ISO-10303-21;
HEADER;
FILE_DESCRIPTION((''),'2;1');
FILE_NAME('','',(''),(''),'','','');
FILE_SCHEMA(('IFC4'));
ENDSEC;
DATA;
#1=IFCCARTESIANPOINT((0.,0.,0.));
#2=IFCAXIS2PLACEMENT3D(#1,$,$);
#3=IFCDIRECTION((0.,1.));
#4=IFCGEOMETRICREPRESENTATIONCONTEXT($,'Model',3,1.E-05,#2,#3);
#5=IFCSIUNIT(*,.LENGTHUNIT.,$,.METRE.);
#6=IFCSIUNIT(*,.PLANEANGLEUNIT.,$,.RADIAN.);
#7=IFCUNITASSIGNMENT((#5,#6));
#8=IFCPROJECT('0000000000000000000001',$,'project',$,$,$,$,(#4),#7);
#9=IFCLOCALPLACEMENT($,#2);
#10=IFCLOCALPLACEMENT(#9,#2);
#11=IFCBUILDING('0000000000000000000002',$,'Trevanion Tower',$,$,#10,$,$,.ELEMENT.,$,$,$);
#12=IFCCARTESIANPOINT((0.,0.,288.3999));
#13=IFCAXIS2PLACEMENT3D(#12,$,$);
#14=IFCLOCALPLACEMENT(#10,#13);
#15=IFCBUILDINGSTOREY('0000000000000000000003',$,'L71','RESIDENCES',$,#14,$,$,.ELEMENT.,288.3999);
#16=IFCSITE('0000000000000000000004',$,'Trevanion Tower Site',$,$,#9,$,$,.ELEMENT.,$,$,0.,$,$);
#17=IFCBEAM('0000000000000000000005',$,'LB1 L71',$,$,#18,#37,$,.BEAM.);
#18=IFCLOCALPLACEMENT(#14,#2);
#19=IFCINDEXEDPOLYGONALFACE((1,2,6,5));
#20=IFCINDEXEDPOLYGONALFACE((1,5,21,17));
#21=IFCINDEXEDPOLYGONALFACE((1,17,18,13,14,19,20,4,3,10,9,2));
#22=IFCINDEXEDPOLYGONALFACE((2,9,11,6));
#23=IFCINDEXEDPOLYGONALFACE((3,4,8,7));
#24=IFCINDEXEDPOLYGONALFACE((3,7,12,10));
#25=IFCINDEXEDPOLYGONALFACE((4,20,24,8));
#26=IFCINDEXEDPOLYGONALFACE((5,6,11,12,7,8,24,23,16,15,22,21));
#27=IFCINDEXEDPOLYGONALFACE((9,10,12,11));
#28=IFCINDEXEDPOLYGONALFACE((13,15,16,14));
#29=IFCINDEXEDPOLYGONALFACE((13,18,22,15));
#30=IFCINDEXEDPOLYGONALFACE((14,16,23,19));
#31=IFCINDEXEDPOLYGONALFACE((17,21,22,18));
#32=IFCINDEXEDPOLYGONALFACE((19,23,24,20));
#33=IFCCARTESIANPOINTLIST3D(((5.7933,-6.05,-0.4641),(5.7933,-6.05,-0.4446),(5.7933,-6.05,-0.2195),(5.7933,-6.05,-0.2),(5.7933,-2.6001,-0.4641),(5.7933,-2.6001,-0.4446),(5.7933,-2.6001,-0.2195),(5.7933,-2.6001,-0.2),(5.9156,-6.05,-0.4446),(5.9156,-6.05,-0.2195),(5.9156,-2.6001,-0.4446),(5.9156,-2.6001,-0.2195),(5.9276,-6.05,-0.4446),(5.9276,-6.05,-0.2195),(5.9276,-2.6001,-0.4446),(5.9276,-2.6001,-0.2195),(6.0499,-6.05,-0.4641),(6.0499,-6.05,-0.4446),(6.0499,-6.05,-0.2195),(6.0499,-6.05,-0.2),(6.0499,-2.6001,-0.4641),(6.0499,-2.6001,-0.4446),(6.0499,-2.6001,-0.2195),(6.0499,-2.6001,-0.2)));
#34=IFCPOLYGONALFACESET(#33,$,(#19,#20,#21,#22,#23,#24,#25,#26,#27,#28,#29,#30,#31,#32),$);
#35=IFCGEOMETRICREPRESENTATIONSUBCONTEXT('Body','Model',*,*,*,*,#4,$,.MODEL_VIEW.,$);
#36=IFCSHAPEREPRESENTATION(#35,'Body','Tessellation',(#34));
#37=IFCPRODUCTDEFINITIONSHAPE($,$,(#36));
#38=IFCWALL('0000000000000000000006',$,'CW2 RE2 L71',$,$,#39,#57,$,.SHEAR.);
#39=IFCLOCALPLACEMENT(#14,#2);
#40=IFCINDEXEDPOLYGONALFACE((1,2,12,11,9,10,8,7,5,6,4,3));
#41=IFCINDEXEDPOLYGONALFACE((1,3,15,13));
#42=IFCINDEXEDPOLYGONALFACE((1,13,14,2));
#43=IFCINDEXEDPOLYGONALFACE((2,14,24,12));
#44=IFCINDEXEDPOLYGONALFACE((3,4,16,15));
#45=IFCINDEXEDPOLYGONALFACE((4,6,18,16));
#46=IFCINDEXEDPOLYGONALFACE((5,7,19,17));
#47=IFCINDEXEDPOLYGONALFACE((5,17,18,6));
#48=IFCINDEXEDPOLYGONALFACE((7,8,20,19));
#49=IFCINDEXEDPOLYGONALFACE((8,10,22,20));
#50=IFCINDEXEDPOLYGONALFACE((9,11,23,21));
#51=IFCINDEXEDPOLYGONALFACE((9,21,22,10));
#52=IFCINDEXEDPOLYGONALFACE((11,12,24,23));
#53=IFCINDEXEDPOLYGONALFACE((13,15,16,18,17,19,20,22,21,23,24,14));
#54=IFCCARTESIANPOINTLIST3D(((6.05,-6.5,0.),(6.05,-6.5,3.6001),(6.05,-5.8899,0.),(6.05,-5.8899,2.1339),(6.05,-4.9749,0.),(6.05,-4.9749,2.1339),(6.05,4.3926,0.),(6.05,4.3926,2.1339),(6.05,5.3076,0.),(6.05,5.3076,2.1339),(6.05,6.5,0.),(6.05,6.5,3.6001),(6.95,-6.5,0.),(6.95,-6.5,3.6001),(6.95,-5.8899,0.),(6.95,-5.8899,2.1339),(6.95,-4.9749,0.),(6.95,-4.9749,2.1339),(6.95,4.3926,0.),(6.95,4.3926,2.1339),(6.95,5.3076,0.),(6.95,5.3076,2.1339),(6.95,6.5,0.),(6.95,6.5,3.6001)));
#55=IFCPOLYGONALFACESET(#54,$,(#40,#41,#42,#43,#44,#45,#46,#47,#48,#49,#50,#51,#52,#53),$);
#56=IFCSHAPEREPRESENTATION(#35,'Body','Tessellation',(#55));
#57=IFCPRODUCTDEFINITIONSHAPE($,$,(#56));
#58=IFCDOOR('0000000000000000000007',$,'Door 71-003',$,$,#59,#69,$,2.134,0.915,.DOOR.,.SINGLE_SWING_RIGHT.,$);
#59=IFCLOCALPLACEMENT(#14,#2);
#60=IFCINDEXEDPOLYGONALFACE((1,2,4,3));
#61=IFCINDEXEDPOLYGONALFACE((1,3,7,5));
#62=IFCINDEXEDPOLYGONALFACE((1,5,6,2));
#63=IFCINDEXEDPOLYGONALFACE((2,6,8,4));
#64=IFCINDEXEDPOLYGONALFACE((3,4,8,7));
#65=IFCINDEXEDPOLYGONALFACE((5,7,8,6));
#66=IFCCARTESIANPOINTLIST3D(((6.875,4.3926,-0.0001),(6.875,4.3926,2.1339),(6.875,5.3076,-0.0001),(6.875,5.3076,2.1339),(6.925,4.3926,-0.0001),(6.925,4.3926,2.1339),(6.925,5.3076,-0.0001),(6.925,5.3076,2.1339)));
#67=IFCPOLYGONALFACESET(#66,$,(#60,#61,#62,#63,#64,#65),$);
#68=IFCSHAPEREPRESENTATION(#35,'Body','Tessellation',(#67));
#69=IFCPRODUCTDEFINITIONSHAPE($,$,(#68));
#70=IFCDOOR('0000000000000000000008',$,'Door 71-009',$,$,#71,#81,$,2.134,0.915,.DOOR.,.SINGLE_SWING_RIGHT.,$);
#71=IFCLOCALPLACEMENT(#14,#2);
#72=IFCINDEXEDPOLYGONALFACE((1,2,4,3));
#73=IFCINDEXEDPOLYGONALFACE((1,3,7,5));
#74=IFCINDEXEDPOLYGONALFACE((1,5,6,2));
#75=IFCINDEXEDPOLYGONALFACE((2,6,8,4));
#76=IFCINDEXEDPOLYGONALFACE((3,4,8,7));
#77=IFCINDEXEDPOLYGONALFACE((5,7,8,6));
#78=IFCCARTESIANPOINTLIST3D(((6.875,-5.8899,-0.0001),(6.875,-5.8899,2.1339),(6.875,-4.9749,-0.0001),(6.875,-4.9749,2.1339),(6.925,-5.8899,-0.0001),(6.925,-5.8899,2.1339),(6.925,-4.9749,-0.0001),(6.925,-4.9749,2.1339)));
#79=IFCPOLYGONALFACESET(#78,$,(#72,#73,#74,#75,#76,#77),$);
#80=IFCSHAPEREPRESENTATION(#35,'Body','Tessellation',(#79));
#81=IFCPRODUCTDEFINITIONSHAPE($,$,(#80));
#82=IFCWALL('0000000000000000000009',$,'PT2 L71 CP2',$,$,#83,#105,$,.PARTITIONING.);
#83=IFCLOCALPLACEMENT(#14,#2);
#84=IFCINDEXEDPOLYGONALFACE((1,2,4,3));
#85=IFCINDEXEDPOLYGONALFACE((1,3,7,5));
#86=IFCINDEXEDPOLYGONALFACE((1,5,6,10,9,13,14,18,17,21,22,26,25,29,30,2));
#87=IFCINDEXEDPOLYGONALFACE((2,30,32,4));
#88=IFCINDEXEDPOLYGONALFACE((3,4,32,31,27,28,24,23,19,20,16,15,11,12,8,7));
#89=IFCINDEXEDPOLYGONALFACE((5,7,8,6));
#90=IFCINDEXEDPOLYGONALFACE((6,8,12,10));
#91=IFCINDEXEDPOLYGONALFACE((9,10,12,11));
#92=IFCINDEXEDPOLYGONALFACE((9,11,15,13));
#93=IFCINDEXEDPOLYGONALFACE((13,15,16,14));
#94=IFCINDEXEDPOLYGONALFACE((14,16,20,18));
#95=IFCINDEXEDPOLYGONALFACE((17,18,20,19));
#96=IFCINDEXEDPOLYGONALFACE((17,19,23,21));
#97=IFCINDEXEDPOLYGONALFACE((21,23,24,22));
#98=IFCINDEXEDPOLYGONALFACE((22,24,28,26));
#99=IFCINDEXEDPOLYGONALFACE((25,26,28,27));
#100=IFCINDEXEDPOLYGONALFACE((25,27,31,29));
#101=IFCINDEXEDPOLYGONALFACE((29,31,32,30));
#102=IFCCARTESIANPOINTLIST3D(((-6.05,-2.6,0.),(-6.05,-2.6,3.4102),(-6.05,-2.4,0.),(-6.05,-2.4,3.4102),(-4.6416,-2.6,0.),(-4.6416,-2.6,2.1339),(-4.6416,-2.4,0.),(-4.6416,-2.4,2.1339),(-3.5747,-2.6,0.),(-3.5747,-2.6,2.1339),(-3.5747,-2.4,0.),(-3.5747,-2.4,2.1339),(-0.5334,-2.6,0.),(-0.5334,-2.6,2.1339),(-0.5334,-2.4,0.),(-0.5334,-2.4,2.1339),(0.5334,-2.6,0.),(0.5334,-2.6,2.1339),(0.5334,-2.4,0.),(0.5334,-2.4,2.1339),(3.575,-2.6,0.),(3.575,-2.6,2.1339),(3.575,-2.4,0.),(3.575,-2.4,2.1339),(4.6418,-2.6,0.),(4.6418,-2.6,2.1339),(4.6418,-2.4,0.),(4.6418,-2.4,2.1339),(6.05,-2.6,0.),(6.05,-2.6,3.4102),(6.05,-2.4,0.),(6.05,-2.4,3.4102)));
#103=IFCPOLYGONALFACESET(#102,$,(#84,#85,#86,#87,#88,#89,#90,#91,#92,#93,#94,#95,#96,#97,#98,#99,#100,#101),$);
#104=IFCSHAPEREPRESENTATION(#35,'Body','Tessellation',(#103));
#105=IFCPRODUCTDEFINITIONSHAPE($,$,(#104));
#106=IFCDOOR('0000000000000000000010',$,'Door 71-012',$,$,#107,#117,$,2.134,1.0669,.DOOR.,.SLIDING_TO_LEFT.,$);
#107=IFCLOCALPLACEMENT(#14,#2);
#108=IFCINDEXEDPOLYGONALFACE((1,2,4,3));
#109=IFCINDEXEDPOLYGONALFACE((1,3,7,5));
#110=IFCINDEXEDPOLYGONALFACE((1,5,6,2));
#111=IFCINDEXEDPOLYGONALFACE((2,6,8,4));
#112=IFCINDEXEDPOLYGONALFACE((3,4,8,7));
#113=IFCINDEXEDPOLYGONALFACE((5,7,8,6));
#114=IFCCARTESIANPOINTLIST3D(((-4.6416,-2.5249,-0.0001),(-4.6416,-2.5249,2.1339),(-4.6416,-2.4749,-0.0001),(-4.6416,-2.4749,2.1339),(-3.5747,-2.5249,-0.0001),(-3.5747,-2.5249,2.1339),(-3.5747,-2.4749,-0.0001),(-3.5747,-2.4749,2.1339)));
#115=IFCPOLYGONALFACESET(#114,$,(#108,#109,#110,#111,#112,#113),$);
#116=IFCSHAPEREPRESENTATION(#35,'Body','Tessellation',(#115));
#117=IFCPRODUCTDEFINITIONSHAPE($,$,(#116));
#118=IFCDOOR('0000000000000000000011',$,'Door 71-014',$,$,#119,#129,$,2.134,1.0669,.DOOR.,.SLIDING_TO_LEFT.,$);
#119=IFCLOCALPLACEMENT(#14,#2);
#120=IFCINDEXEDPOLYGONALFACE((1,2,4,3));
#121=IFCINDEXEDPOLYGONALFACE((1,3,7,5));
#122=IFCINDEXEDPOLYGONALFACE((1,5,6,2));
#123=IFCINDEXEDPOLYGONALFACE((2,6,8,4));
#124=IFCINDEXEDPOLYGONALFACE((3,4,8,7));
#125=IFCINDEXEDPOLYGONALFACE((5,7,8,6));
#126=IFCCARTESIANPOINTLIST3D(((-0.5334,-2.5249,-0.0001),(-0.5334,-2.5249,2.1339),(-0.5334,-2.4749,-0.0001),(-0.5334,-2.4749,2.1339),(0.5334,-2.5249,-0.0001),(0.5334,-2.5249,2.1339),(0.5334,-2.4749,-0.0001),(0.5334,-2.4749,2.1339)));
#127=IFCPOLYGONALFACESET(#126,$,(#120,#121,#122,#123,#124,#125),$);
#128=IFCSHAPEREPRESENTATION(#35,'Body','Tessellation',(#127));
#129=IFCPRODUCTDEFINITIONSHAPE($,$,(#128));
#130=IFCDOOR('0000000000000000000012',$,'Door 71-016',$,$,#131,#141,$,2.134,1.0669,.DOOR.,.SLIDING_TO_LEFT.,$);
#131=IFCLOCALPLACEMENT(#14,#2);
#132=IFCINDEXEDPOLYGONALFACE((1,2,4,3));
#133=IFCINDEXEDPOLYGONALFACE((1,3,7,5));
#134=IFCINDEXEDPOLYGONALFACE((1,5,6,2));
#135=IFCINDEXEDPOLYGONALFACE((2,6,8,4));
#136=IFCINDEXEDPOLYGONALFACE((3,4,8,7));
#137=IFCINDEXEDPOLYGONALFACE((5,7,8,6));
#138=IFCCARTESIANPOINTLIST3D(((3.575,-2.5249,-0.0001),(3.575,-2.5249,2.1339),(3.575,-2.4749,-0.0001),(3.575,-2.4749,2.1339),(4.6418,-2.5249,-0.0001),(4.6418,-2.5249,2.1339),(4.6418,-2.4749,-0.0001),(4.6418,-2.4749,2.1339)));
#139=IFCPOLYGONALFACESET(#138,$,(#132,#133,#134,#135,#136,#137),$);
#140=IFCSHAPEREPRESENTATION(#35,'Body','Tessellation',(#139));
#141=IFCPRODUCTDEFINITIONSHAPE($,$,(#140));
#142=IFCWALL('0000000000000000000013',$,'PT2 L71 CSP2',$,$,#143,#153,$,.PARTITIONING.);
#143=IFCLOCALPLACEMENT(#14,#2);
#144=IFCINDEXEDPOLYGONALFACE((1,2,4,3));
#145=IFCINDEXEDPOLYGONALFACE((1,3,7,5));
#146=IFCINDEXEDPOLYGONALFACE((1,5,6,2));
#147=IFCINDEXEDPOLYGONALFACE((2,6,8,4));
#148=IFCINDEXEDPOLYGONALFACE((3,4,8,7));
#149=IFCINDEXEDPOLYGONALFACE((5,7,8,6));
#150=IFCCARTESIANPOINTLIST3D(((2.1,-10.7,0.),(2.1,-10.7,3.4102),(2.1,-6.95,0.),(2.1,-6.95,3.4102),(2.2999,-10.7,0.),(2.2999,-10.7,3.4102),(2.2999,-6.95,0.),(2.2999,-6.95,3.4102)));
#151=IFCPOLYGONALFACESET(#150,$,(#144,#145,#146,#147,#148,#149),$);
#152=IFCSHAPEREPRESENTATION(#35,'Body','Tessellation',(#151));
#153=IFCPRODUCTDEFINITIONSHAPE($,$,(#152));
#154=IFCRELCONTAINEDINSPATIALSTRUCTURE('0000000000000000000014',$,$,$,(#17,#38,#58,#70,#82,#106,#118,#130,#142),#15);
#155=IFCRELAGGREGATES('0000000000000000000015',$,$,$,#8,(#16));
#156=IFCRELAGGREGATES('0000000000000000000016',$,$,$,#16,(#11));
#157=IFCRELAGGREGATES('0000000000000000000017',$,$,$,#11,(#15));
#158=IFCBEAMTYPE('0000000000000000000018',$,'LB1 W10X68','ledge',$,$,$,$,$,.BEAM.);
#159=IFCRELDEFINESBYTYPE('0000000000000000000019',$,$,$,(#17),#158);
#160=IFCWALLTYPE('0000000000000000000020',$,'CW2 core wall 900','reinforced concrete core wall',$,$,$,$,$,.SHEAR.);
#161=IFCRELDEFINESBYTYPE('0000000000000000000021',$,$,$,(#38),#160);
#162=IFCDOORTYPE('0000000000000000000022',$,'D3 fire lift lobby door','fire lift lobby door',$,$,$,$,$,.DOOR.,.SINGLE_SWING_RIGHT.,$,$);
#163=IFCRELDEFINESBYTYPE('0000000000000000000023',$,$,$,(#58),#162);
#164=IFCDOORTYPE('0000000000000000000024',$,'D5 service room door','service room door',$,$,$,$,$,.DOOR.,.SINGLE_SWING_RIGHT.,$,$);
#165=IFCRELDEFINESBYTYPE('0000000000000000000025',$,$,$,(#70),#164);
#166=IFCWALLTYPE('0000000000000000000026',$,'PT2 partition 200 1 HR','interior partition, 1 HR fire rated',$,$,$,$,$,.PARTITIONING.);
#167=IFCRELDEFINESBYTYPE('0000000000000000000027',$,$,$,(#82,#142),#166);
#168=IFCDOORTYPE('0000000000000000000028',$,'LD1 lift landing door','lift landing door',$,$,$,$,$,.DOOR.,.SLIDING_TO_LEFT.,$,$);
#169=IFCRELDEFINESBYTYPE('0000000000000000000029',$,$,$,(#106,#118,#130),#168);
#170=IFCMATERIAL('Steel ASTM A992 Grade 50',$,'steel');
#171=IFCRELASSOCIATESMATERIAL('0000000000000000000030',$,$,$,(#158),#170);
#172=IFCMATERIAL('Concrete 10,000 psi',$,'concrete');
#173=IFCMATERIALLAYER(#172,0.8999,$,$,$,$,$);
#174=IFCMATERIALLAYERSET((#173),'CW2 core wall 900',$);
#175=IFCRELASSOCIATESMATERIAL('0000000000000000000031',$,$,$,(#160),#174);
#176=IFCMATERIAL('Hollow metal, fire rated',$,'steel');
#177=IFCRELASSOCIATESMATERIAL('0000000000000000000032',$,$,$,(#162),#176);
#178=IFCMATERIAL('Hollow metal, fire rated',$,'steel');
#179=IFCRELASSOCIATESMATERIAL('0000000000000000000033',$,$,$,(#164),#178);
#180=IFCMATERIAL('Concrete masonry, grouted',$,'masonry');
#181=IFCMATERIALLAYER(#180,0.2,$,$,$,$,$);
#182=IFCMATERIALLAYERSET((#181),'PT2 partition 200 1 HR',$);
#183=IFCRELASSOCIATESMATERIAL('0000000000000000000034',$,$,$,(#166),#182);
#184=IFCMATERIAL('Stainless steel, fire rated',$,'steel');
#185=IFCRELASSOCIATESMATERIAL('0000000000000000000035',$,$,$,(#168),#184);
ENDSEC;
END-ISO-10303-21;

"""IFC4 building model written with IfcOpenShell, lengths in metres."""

from ifc_helpers import new_model, si_unit, direction, frame, frame_2d, origin, origin_2d, place, context, subcontext, project, spatial, rectangle, i_section, extrude, material, layer, layer_set, material_profile, profile_set, type_object, element, fill, save


model = new_model("IFC4")

# Units and contexts
model_context = context("Model", 3, precision=1e-05, world=origin(), true_north=direction((0.0, 1.0)))
body_context = subcontext(model_context, "Body", "Model", "MODEL_VIEW")
ifc_project = project(units=[si_unit("LENGTHUNIT", "METRE"), si_unit("PLANEANGLEUNIT", "RADIAN")], contexts=[model_context])

# Site, building, storey
site_placement = place(None, origin())
site = spatial("IfcSite", under=ifc_project, at=site_placement, Name="Trevanion Tower Site", CompositionType="ELEMENT", RefElevation=0.0)
building_placement = place(site_placement, origin())
building = spatial("IfcBuilding", under=site, at=building_placement, Name="Trevanion Tower", CompositionType="ELEMENT")
storey_placement = place(building_placement, frame((0.0, 0.0, 288.3999)))
storey = spatial("IfcBuildingStorey", under=building, at=storey_placement, Name="L71", Description="RESIDENCES", CompositionType="ELEMENT", Elevation=288.3999)

# Beam
ifc_material_1 = material(Name="Steel ASTM A992 Grade 50", Category="steel")
ifc_material_profile = material_profile(ifc_material_1, i_section(OverallWidth=0.2566, OverallDepth=0.2642, WebThickness=0.012, FlangeThickness=0.0195, at=origin_2d()), Name="W10X68")
ifc_profile_set = profile_set([ifc_material_profile], Name="Steel ASTM A992 Grade 50")
beam_type = type_object("IfcBeamType", Name="LB1 W10X68", Description="ledge", PredefinedType="BEAM", material=ifc_profile_set)
beam_placement = place(storey_placement, frame((5.9216, -6.05, -0.332), z_axis=(0.0, 1.0, 0.0), x_axis=(-1.0, 0.0, 0.0)))
element("IfcBeam", 1, at=beam_placement, inside=storey, type_object=beam_type, Name="LB1 L71", PredefinedType="BEAM", context=body_context, shape_type="SweptSolid", body=[
    extrude(i_section(OverallWidth=0.2566, OverallDepth=0.2642, WebThickness=0.012, FlangeThickness=0.0195, at=origin_2d()), origin(), (0.0, 0.0, 1.0), 3.45),
])

# Walls, openings, doors
ifc_material_2 = material(Name="Concrete 10,000 psi", Category="concrete")
ifc_layer_1 = layer(ifc_material_2, 0.8999)
ifc_layer_set_1 = layer_set([ifc_layer_1], Name="CW2 core wall 900")
wall_type_1 = type_object("IfcWallType", Name="CW2 core wall 900", Description="reinforced concrete core wall", PredefinedType="SHEAR", material=ifc_layer_set_1)
wall_1_placement = place(storey_placement, frame((6.5, -6.5, 0.0), z_axis=(0.0, 0.0, 1.0), x_axis=(0.0, 1.0, 0.0)))
wall_1 = element("IfcWall", 2, at=wall_1_placement, inside=storey, type_object=wall_type_1, Name="CW2 RE2 L71", PredefinedType="SHEAR", context=body_context, shape_type="SweptSolid", body=[
    extrude(rectangle(XDim=13.0, YDim=0.8999, at=frame_2d((6.5, 0.0))), origin(), (0.0, 0.0, 1.0), 3.6001),
])
opening_1_placement = place(wall_1_placement, frame((10.8926, 0.0, 0.0)))
opening_1 = element("IfcOpeningElement", 3, at=opening_1_placement, cuts=wall_1, PredefinedType="OPENING", context=body_context, shape_type="SweptSolid", body=[
    extrude(rectangle(XDim=0.915, YDim=2.134, at=frame_2d((0.4575, 1.0669))), frame((0.0, 0.46, 0.0), z_axis=(0.0, -1.0, 0.0), x_axis=(1.0, 0.0, 0.0)), (0.0, 0.0, 1.0), 0.9199),
])
opening_2_placement = place(wall_1_placement, frame((0.6101, 0.0, 0.0)))
opening_2 = element("IfcOpeningElement", 4, at=opening_2_placement, cuts=wall_1, PredefinedType="OPENING", context=body_context, shape_type="SweptSolid", body=[
    extrude(rectangle(XDim=0.915, YDim=2.134, at=frame_2d((0.4575, 1.0669))), frame((0.0, 0.46, 0.0), z_axis=(0.0, -1.0, 0.0), x_axis=(1.0, 0.0, 0.0)), (0.0, 0.0, 1.0), 0.9199),
])
ifc_material_3 = material(Name="Hollow metal, fire rated", Category="steel")
door_type_1 = type_object("IfcDoorType", Name="D3 fire lift lobby door", Description="fire lift lobby door", OperationType="SINGLE_SWING_RIGHT", PredefinedType="DOOR", material=ifc_material_3)
door_1_placement = place(opening_1_placement, origin())
door_1 = element("IfcDoor", 5, at=door_1_placement, inside=storey, type_object=door_type_1, Name="Door 71-003", OperationType="SINGLE_SWING_RIGHT", OverallHeight=2.134, OverallWidth=0.915, PredefinedType="DOOR", context=body_context, shape_type="SweptSolid", body=[
    extrude(rectangle(XDim=0.915, YDim=2.134, at=frame_2d((0.4575, 1.0669))), frame((0.0, -0.375, 0.0), z_axis=(0.0, -1.0, 0.0), x_axis=(1.0, 0.0, 0.0)), (0.0, 0.0, 1.0), 0.05),
])
fill(opening_1, door_1)
ifc_material_4 = material(Name="Hollow metal, fire rated", Category="steel")
door_type_2 = type_object("IfcDoorType", Name="D5 service room door", Description="service room door", OperationType="SINGLE_SWING_RIGHT", PredefinedType="DOOR", material=ifc_material_4)
door_2_placement = place(opening_2_placement, origin())
door_2 = element("IfcDoor", 6, at=door_2_placement, inside=storey, type_object=door_type_2, Name="Door 71-009", OperationType="SINGLE_SWING_RIGHT", OverallHeight=2.134, OverallWidth=0.915, PredefinedType="DOOR", context=body_context, shape_type="SweptSolid", body=[
    extrude(rectangle(XDim=0.915, YDim=2.134, at=frame_2d((0.4575, 1.0669))), frame((0.0, -0.375, 0.0), z_axis=(0.0, -1.0, 0.0), x_axis=(1.0, 0.0, 0.0)), (0.0, 0.0, 1.0), 0.05),
])
fill(opening_2, door_2)
ifc_material_5 = material(Name="Concrete masonry, grouted", Category="masonry")
ifc_layer_2 = layer(ifc_material_5, 0.2)
ifc_layer_set_2 = layer_set([ifc_layer_2], Name="PT2 partition 200 1 HR")
wall_type_2 = type_object("IfcWallType", Name="PT2 partition 200 1 HR", Description="interior partition, 1 HR fire rated", PredefinedType="PARTITIONING", material=ifc_layer_set_2)
wall_2_placement = place(storey_placement, frame((6.05, -2.5, 0.0), z_axis=(0.0, 0.0, 1.0), x_axis=(-1.0, 0.0, 0.0)))
wall_2 = element("IfcWall", 7, at=wall_2_placement, inside=storey, type_object=wall_type_2, Name="PT2 L71 CP2", PredefinedType="PARTITIONING", context=body_context, shape_type="SweptSolid", body=[
    extrude(rectangle(XDim=12.1001, YDim=0.2, at=frame_2d((6.05, 0.0))), origin(), (0.0, 0.0, 1.0), 3.4102),
])
opening_3_placement = place(wall_2_placement, frame((9.6248, 0.0, 0.0)))
opening_3 = element("IfcOpeningElement", 8, at=opening_3_placement, cuts=wall_2, PredefinedType="OPENING", context=body_context, shape_type="SweptSolid", body=[
    extrude(rectangle(XDim=1.0669, YDim=2.134, at=frame_2d((0.5334, 1.0669))), frame((0.0, 0.1099, 0.0), z_axis=(0.0, -1.0, 0.0), x_axis=(1.0, 0.0, 0.0)), (0.0, 0.0, 1.0), 0.22),
])
opening_4_placement = place(wall_2_placement, frame((5.5166, 0.0, 0.0)))
opening_4 = element("IfcOpeningElement", 9, at=opening_4_placement, cuts=wall_2, PredefinedType="OPENING", context=body_context, shape_type="SweptSolid", body=[
    extrude(rectangle(XDim=1.0669, YDim=2.134, at=frame_2d((0.5334, 1.0669))), frame((0.0, 0.1099, 0.0), z_axis=(0.0, -1.0, 0.0), x_axis=(1.0, 0.0, 0.0)), (0.0, 0.0, 1.0), 0.22),
])
opening_5_placement = place(wall_2_placement, frame((1.4082, 0.0, 0.0)))
opening_5 = element("IfcOpeningElement", 10, at=opening_5_placement, cuts=wall_2, PredefinedType="OPENING", context=body_context, shape_type="SweptSolid", body=[
    extrude(rectangle(XDim=1.0669, YDim=2.134, at=frame_2d((0.5334, 1.0669))), frame((0.0, 0.1099, 0.0), z_axis=(0.0, -1.0, 0.0), x_axis=(1.0, 0.0, 0.0)), (0.0, 0.0, 1.0), 0.22),
])
ifc_material_6 = material(Name="Stainless steel, fire rated", Category="steel")
door_type_3 = type_object("IfcDoorType", Name="LD1 lift landing door", Description="lift landing door", OperationType="SLIDING_TO_LEFT", PredefinedType="DOOR", material=ifc_material_6)
door_3_placement = place(opening_3_placement, origin())
door_3 = element("IfcDoor", 11, at=door_3_placement, inside=storey, type_object=door_type_3, Name="Door 71-012", OperationType="SLIDING_TO_LEFT", OverallHeight=2.134, OverallWidth=1.0669, PredefinedType="DOOR", context=body_context, shape_type="SweptSolid", body=[
    extrude(rectangle(XDim=1.0669, YDim=2.134, at=frame_2d((0.5334, 1.0669))), frame((0.0, 0.0249, 0.0), z_axis=(0.0, -1.0, 0.0), x_axis=(1.0, 0.0, 0.0)), (0.0, 0.0, 1.0), 0.05),
])
fill(opening_3, door_3)
door_4_placement = place(opening_4_placement, origin())
door_4 = element("IfcDoor", 12, at=door_4_placement, inside=storey, type_object=door_type_3, Name="Door 71-014", OperationType="SLIDING_TO_LEFT", OverallHeight=2.134, OverallWidth=1.0669, PredefinedType="DOOR", context=body_context, shape_type="SweptSolid", body=[
    extrude(rectangle(XDim=1.0669, YDim=2.134, at=frame_2d((0.5334, 1.0669))), frame((0.0, 0.0249, 0.0), z_axis=(0.0, -1.0, 0.0), x_axis=(1.0, 0.0, 0.0)), (0.0, 0.0, 1.0), 0.05),
])
fill(opening_4, door_4)
door_5_placement = place(opening_5_placement, origin())
door_5 = element("IfcDoor", 13, at=door_5_placement, inside=storey, type_object=door_type_3, Name="Door 71-016", OperationType="SLIDING_TO_LEFT", OverallHeight=2.134, OverallWidth=1.0669, PredefinedType="DOOR", context=body_context, shape_type="SweptSolid", body=[
    extrude(rectangle(XDim=1.0669, YDim=2.134, at=frame_2d((0.5334, 1.0669))), frame((0.0, 0.0249, 0.0), z_axis=(0.0, -1.0, 0.0), x_axis=(1.0, 0.0, 0.0)), (0.0, 0.0, 1.0), 0.05),
])
fill(opening_5, door_5)

# Wall
wall_3_placement = place(storey_placement, frame((2.2, -6.95, 0.0), z_axis=(0.0, 0.0, 1.0), x_axis=(0.0, -1.0, 0.0)))
element("IfcWall", 14, at=wall_3_placement, inside=storey, type_object=wall_type_2, Name="PT2 L71 CSP2", PredefinedType="PARTITIONING", context=body_context, shape_type="SweptSolid", body=[
    extrude(rectangle(XDim=3.75, YDim=0.2, at=frame_2d((1.875, 0.0))), origin(), (0.0, 0.0, 1.0), 3.4102),
])

save(model, "model.ifc")
